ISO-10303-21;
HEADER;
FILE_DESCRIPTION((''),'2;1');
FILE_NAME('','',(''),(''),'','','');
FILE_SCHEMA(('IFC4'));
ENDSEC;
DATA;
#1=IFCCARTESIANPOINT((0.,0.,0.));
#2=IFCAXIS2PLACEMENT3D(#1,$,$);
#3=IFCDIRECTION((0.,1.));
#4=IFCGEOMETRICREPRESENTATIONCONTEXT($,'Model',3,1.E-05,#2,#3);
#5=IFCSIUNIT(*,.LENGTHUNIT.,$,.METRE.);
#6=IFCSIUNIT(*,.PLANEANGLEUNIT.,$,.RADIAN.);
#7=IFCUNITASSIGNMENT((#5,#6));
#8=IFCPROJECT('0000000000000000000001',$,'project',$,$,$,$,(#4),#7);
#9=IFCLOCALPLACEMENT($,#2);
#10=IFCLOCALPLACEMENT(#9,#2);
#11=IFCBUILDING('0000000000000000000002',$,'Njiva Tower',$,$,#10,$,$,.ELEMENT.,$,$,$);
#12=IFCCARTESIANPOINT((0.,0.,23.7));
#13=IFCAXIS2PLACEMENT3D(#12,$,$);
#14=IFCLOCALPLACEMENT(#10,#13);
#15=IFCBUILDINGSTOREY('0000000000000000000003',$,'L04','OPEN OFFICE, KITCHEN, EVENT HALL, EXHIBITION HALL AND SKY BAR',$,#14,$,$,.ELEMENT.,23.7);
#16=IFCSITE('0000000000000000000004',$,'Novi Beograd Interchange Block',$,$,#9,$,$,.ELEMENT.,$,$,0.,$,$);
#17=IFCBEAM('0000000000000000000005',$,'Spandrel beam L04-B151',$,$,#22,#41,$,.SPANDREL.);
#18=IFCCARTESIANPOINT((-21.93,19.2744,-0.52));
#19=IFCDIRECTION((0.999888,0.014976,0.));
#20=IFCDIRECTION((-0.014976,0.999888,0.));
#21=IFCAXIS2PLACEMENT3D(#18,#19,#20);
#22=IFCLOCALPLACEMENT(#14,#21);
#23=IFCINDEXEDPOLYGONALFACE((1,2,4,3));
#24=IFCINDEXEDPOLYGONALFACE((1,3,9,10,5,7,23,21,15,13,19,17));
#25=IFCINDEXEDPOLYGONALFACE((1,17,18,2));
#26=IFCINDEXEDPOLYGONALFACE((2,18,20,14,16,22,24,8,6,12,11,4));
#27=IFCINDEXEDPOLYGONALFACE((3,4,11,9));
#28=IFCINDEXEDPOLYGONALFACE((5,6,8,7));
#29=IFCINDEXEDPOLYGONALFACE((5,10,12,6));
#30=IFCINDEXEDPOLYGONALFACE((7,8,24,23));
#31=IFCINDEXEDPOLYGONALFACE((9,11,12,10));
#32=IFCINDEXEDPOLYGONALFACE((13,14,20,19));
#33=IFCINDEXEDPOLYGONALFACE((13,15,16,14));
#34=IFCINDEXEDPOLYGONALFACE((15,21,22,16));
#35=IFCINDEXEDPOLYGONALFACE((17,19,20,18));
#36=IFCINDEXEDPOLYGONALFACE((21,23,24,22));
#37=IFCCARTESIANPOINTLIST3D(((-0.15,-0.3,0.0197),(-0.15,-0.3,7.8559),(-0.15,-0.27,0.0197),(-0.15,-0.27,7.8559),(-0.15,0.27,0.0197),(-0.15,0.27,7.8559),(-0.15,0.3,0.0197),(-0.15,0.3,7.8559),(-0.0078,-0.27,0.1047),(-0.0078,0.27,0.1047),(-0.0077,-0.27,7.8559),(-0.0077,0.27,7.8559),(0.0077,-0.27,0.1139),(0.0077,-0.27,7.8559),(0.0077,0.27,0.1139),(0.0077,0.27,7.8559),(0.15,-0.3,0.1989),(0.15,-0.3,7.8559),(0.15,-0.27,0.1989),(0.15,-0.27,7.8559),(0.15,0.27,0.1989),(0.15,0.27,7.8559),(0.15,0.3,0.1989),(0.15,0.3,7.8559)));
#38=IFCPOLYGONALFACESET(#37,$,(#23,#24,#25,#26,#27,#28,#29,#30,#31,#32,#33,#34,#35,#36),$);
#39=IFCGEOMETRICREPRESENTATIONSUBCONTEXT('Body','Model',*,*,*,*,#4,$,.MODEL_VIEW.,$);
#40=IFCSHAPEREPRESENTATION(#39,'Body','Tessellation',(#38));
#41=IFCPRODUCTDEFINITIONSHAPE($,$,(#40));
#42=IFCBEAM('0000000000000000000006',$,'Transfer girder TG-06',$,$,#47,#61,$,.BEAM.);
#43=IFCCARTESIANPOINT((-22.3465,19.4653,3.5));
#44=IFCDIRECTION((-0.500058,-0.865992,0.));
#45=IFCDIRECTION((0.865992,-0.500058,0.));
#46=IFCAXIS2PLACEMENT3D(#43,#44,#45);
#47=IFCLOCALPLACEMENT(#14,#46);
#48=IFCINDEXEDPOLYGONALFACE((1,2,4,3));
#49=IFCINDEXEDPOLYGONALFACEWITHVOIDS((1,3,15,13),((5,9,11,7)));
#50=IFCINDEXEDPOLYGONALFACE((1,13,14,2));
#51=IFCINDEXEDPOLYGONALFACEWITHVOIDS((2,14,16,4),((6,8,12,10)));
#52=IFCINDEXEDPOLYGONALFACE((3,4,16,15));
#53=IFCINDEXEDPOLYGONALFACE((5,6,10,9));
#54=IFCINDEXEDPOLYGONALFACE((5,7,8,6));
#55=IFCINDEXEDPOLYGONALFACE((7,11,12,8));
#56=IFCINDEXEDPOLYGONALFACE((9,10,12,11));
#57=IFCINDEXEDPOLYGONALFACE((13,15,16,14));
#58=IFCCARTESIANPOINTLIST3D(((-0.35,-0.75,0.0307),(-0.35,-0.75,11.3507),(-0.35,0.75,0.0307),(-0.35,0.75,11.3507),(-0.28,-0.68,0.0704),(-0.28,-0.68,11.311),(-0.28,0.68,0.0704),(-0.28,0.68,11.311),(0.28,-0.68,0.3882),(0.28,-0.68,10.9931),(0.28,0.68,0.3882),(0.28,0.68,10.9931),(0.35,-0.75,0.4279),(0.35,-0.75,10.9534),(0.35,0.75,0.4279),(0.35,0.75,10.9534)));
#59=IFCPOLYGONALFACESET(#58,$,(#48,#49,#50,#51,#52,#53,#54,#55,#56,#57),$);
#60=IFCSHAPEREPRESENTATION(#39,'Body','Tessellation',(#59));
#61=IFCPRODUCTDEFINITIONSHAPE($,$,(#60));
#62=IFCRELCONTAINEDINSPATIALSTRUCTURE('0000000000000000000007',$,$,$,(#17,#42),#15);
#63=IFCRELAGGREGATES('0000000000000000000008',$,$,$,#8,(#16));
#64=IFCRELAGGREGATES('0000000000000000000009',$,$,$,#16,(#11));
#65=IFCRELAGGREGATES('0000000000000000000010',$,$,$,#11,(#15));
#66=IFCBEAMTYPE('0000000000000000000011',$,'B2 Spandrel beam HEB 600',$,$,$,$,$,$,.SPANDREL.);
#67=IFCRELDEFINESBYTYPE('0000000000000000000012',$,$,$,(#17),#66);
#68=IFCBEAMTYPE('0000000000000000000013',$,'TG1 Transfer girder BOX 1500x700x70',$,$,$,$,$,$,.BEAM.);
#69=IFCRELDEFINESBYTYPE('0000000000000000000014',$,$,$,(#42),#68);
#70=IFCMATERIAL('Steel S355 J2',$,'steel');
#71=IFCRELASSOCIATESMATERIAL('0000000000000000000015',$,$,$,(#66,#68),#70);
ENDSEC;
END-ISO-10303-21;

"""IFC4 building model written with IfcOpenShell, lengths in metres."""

from ifc_helpers import new_model, si_unit, direction, frame, origin, origin_2d, place, context, subcontext, project, spatial, hollow_rectangle, i_section, extrude, clip, halfspace, material, material_profile, profile_set, type_object, element, save


model = new_model("IFC4")

# Units and contexts
model_context = context("Model", 3, precision=1e-05, world=origin(), true_north=direction((0.0, 1.0)))
body_context = subcontext(model_context, "Body", "Model", "MODEL_VIEW")
ifc_project = project(units=[si_unit("LENGTHUNIT", "METRE"), si_unit("PLANEANGLEUNIT", "RADIAN")], contexts=[model_context])

# Site, building, storey
site_placement = place(None, origin())
site = spatial("IfcSite", under=ifc_project, at=site_placement, Name="Novi Beograd Interchange Block", CompositionType="ELEMENT", RefElevation=0.0)
building_placement = place(site_placement, origin())
building = spatial("IfcBuilding", under=site, at=building_placement, Name="Njiva Tower", CompositionType="ELEMENT")
storey_placement = place(building_placement, frame((0.0, 0.0, 23.7)))
storey = spatial("IfcBuildingStorey", under=building, at=storey_placement, Name="L04", Description="OPEN OFFICE, KITCHEN, EVENT HALL, EXHIBITION HALL AND SKY BAR", CompositionType="ELEMENT", Elevation=23.7)

# Shared definitions
ifc_material_1 = material(Name="Steel S355 J2", Category="steel")

# Beams
ifc_material_profile_1 = material_profile(ifc_material_1, i_section(OverallWidth=0.3, OverallDepth=0.6, WebThickness=0.0155, FlangeThickness=0.03, at=origin_2d()), Name="HEB 600")
ifc_profile_set_1 = profile_set([ifc_material_profile_1], Name="Steel S355 J2")
beam_type_1 = type_object("IfcBeamType", Name="B2 Spandrel beam HEB 600", PredefinedType="SPANDREL", material=ifc_profile_set_1)
beam_1_placement = place(storey_placement, frame((-21.93, 19.2744, -0.52), z_axis=(0.999888, 0.014976, 0.0), x_axis=(-0.014976, 0.999888, 0.0)))
element("IfcBeam", 1, at=beam_1_placement, inside=storey, type_object=beam_type_1, Name="Spandrel beam L04-B151", PredefinedType="SPANDREL", context=body_context, shape_type="Clipping", body=[
    clip(extrude(i_section(OverallWidth=0.3, OverallDepth=0.6, WebThickness=0.0155, FlangeThickness=0.03, at=origin_2d()), origin(), (0.0, 0.0, 1.0), 7.8559), halfspace(frame((0.0261, 0.0, 0.1249), z_axis=(0.512911, 0.0, -0.858442), x_axis=(0.0, -1.0, 0.0)), False)),
])
ifc_material_profile_2 = material_profile(ifc_material_1, hollow_rectangle(XDim=0.7, YDim=1.5, WallThickness=0.07, at=origin_2d()), Name="BOX 1500x700x70")
ifc_profile_set_2 = profile_set([ifc_material_profile_2], Name="Steel S355 J2")
beam_type_2 = type_object("IfcBeamType", Name="TG1 Transfer girder BOX 1500x700x70", PredefinedType="BEAM", material=ifc_profile_set_2)
beam_2_placement = place(storey_placement, frame((-22.3465, 19.4653, 3.5), z_axis=(-0.500058, -0.865992, 0.0), x_axis=(0.865992, -0.500058, 0.0)))
element("IfcBeam", 2, at=beam_2_placement, inside=storey, type_object=beam_type_2, Name="Transfer girder TG-06", PredefinedType="BEAM", context=body_context, shape_type="Clipping", body=[
    clip(clip(extrude(hollow_rectangle(XDim=0.7, YDim=1.5, WallThickness=0.07, at=origin_2d()), origin(), (0.0, 0.0, 1.0), 11.3807), halfspace(frame((-0.0002, 0.0, 0.2292), z_axis=(0.493484, 0.0, -0.869755), x_axis=(0.0, -1.0, 0.0)), False)), halfspace(frame((0.0006, 0.0, 11.1517), z_axis=(0.493592, 0.0, 0.869693), x_axis=(0.0, 1.0, 0.0)), False)),
])

save(model, "model.ifc")
